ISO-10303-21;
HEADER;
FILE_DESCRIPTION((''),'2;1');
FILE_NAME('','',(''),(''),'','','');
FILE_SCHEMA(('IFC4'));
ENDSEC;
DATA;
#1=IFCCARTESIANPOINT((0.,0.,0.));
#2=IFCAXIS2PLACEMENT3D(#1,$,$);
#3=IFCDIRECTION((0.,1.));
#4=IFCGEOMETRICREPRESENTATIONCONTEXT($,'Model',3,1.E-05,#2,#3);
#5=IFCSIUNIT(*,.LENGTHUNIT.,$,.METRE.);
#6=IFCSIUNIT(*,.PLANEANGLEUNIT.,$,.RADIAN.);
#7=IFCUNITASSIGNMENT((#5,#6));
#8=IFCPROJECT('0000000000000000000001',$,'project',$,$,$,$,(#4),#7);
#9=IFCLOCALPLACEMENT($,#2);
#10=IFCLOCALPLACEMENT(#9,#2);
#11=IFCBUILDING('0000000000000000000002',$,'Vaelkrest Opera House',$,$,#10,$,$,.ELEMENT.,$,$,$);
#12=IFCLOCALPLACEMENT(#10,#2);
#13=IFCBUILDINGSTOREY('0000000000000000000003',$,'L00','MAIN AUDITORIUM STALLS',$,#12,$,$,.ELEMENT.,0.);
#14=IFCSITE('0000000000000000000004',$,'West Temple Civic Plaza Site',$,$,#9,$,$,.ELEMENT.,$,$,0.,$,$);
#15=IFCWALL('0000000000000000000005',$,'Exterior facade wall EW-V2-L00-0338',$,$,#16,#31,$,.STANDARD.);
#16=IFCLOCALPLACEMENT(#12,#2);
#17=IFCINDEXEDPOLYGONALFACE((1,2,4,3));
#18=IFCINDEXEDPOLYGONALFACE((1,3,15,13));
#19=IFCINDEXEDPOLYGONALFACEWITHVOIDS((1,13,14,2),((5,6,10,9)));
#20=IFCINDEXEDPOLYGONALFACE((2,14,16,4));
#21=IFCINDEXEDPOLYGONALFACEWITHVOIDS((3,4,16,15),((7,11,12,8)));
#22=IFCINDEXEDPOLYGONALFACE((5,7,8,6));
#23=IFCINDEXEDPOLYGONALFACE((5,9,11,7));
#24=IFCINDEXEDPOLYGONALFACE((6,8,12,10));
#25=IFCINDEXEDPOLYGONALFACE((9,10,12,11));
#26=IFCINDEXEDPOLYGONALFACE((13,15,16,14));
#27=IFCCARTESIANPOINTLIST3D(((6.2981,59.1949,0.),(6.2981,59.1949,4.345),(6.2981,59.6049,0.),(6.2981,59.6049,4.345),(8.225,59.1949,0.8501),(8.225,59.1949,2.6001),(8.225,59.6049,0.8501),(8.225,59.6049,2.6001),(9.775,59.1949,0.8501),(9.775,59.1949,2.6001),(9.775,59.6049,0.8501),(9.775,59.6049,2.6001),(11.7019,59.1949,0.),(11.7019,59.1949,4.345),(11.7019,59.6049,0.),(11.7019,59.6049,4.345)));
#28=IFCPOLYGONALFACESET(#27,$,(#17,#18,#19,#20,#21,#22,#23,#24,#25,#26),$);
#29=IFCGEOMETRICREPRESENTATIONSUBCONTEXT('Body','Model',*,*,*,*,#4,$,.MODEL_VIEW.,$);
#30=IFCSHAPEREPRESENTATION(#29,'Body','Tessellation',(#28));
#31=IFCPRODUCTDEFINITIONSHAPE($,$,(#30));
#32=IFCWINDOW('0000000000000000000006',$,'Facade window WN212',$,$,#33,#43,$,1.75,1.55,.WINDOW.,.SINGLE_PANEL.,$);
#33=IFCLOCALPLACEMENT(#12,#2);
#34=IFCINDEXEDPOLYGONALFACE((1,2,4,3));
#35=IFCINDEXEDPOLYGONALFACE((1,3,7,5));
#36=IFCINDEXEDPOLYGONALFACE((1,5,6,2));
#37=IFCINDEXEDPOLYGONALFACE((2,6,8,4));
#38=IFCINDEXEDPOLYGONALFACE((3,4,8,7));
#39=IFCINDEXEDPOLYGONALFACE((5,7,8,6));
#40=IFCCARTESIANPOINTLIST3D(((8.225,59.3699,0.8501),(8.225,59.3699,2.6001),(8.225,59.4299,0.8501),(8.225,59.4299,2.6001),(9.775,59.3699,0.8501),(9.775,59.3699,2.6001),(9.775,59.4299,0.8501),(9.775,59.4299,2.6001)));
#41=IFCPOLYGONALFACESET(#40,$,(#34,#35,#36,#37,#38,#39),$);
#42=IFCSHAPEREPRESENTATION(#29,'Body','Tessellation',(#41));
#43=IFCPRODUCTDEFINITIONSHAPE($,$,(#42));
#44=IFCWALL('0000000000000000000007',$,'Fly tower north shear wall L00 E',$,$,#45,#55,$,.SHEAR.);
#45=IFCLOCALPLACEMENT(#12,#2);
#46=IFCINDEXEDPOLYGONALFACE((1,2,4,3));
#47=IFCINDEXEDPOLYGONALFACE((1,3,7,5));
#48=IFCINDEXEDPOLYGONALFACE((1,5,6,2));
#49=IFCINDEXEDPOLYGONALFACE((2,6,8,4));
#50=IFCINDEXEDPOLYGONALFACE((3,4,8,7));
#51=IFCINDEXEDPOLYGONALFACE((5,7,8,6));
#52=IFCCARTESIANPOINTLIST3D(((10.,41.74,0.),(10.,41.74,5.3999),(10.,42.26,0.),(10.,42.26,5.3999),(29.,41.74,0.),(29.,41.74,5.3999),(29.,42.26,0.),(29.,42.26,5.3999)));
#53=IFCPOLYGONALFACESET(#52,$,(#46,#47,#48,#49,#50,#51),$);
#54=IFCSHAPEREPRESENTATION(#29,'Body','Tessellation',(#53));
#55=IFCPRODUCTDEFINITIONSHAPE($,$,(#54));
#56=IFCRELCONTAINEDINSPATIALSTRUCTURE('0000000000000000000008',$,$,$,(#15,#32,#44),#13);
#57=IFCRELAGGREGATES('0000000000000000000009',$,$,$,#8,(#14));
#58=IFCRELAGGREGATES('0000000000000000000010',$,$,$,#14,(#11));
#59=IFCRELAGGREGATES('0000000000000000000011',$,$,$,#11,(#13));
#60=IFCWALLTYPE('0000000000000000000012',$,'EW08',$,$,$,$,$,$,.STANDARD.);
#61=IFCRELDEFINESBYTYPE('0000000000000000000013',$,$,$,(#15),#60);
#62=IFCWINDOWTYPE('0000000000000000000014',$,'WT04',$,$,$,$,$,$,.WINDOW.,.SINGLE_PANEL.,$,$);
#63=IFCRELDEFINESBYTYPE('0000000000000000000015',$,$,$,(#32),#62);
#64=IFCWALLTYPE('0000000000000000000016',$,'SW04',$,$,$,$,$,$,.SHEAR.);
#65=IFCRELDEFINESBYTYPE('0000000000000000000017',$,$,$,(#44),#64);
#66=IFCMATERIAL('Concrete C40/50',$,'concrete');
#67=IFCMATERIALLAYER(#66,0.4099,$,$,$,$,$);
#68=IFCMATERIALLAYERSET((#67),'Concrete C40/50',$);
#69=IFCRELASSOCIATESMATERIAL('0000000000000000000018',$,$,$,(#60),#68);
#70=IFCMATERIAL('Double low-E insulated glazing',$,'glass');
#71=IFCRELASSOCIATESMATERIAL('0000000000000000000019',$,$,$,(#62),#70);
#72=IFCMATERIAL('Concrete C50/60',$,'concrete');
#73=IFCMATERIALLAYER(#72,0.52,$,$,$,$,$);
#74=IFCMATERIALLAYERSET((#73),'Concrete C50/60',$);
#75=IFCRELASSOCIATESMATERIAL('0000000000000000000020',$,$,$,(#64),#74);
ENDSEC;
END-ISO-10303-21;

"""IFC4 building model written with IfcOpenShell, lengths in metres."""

from ifc_helpers import new_model, si_unit, direction, frame, frame_2d, origin, place, context, subcontext, project, spatial, rectangle, extrude, material, layer, layer_set, type_object, element, fill, save


model = new_model("IFC4")

# Units and contexts
model_context = context("Model", 3, precision=1e-05, world=origin(), true_north=direction((0.0, 1.0)))
body_context = subcontext(model_context, "Body", "Model", "MODEL_VIEW")
ifc_project = project(units=[si_unit("LENGTHUNIT", "METRE"), si_unit("PLANEANGLEUNIT", "RADIAN")], contexts=[model_context])

# Site, building, storey
site_placement = place(None, origin())
site = spatial("IfcSite", under=ifc_project, at=site_placement, Name="West Temple Civic Plaza Site", CompositionType="ELEMENT", RefElevation=0.0)
building_placement = place(site_placement, origin())
building = spatial("IfcBuilding", under=site, at=building_placement, Name="Vaelkrest Opera House", CompositionType="ELEMENT")
storey_placement = place(building_placement, origin())
storey = spatial("IfcBuildingStorey", under=building, at=storey_placement, Name="L00", Description="MAIN AUDITORIUM STALLS", CompositionType="ELEMENT", Elevation=0.0)

# Shared definitions
ifc_material_1 = material(Name="Concrete C50/60", Category="concrete")

# Wall, opening, window
ifc_material_2 = material(Name="Double low-E insulated glazing", Category="glass")
ifc_material_3 = material(Name="Concrete C40/50", Category="concrete")
ifc_layer_1 = layer(ifc_material_3, 0.4099)
ifc_layer_set_1 = layer_set([ifc_layer_1], Name="Concrete C40/50")
wall_type_1 = type_object("IfcWallType", Name="EW08", PredefinedType="STANDARD", material=ifc_layer_set_1)
wall_1_placement = place(storey_placement, frame((6.2981, 59.3999, 0.0), z_axis=(0.0, 0.0, 1.0), x_axis=(1.0, 0.0, 0.0)))
wall_1 = element("IfcWall", 1, at=wall_1_placement, inside=storey, type_object=wall_type_1, Name="Exterior facade wall EW-V2-L00-0338", PredefinedType="STANDARD", context=body_context, shape_type="SweptSolid", body=[
    extrude(rectangle(XDim=5.4038, YDim=0.4099, at=frame_2d((2.7019, 0.0))), origin(), (0.0, 0.0, 1.0), 4.345),
])
opening_1_placement = place(wall_1_placement, frame((1.927, 0.0, 0.8501)))
opening_1 = element("IfcOpeningElement", 2, at=opening_1_placement, cuts=wall_1, PredefinedType="OPENING", context=body_context, shape_type="SweptSolid", body=[
    extrude(rectangle(XDim=1.55, YDim=1.75, at=frame_2d((0.7749, 0.875))), frame((0.0, 0.2148, 0.0), z_axis=(0.0, -1.0, 0.0), x_axis=(1.0, 0.0, 0.0)), (0.0, 0.0, 1.0), 0.4299),
])
window_type_1 = type_object("IfcWindowType", Name="WT04", PartitioningType="SINGLE_PANEL", PredefinedType="WINDOW", material=ifc_material_2)
window_1_placement = place(opening_1_placement, origin())
window_1 = element("IfcWindow", 3, at=window_1_placement, inside=storey, type_object=window_type_1, Name="Facade window WN212", OverallHeight=1.75, OverallWidth=1.55, PartitioningType="SINGLE_PANEL", PredefinedType="WINDOW", context=body_context, shape_type="SweptSolid", body=[
    extrude(rectangle(XDim=1.55, YDim=1.75, at=frame_2d((0.7749, 0.875))), frame((0.0, 0.03, 0.0), z_axis=(0.0, -1.0, 0.0), x_axis=(1.0, 0.0, 0.0)), (0.0, 0.0, 1.0), 0.0601),
])
fill(opening_1, window_1)

# Wall
ifc_layer_2 = layer(ifc_material_1, 0.52)
ifc_layer_set_2 = layer_set([ifc_layer_2], Name="Concrete C50/60")
wall_type_2 = type_object("IfcWallType", Name="SW04", PredefinedType="SHEAR", material=ifc_layer_set_2)
wall_2_placement = place(storey_placement, frame((10.0, 42.0, 0.0), z_axis=(0.0, 0.0, 1.0), x_axis=(1.0, 0.0, 0.0)))
element("IfcWall", 4, at=wall_2_placement, inside=storey, type_object=wall_type_2, Name="Fly tower north shear wall L00 E", PredefinedType="SHEAR", context=body_context, shape_type="SweptSolid", body=[
    extrude(rectangle(XDim=19.0, YDim=0.52, at=frame_2d((9.5, 0.0))), origin(), (0.0, 0.0, 1.0), 5.3999),
])

save(model, "model.ifc")
